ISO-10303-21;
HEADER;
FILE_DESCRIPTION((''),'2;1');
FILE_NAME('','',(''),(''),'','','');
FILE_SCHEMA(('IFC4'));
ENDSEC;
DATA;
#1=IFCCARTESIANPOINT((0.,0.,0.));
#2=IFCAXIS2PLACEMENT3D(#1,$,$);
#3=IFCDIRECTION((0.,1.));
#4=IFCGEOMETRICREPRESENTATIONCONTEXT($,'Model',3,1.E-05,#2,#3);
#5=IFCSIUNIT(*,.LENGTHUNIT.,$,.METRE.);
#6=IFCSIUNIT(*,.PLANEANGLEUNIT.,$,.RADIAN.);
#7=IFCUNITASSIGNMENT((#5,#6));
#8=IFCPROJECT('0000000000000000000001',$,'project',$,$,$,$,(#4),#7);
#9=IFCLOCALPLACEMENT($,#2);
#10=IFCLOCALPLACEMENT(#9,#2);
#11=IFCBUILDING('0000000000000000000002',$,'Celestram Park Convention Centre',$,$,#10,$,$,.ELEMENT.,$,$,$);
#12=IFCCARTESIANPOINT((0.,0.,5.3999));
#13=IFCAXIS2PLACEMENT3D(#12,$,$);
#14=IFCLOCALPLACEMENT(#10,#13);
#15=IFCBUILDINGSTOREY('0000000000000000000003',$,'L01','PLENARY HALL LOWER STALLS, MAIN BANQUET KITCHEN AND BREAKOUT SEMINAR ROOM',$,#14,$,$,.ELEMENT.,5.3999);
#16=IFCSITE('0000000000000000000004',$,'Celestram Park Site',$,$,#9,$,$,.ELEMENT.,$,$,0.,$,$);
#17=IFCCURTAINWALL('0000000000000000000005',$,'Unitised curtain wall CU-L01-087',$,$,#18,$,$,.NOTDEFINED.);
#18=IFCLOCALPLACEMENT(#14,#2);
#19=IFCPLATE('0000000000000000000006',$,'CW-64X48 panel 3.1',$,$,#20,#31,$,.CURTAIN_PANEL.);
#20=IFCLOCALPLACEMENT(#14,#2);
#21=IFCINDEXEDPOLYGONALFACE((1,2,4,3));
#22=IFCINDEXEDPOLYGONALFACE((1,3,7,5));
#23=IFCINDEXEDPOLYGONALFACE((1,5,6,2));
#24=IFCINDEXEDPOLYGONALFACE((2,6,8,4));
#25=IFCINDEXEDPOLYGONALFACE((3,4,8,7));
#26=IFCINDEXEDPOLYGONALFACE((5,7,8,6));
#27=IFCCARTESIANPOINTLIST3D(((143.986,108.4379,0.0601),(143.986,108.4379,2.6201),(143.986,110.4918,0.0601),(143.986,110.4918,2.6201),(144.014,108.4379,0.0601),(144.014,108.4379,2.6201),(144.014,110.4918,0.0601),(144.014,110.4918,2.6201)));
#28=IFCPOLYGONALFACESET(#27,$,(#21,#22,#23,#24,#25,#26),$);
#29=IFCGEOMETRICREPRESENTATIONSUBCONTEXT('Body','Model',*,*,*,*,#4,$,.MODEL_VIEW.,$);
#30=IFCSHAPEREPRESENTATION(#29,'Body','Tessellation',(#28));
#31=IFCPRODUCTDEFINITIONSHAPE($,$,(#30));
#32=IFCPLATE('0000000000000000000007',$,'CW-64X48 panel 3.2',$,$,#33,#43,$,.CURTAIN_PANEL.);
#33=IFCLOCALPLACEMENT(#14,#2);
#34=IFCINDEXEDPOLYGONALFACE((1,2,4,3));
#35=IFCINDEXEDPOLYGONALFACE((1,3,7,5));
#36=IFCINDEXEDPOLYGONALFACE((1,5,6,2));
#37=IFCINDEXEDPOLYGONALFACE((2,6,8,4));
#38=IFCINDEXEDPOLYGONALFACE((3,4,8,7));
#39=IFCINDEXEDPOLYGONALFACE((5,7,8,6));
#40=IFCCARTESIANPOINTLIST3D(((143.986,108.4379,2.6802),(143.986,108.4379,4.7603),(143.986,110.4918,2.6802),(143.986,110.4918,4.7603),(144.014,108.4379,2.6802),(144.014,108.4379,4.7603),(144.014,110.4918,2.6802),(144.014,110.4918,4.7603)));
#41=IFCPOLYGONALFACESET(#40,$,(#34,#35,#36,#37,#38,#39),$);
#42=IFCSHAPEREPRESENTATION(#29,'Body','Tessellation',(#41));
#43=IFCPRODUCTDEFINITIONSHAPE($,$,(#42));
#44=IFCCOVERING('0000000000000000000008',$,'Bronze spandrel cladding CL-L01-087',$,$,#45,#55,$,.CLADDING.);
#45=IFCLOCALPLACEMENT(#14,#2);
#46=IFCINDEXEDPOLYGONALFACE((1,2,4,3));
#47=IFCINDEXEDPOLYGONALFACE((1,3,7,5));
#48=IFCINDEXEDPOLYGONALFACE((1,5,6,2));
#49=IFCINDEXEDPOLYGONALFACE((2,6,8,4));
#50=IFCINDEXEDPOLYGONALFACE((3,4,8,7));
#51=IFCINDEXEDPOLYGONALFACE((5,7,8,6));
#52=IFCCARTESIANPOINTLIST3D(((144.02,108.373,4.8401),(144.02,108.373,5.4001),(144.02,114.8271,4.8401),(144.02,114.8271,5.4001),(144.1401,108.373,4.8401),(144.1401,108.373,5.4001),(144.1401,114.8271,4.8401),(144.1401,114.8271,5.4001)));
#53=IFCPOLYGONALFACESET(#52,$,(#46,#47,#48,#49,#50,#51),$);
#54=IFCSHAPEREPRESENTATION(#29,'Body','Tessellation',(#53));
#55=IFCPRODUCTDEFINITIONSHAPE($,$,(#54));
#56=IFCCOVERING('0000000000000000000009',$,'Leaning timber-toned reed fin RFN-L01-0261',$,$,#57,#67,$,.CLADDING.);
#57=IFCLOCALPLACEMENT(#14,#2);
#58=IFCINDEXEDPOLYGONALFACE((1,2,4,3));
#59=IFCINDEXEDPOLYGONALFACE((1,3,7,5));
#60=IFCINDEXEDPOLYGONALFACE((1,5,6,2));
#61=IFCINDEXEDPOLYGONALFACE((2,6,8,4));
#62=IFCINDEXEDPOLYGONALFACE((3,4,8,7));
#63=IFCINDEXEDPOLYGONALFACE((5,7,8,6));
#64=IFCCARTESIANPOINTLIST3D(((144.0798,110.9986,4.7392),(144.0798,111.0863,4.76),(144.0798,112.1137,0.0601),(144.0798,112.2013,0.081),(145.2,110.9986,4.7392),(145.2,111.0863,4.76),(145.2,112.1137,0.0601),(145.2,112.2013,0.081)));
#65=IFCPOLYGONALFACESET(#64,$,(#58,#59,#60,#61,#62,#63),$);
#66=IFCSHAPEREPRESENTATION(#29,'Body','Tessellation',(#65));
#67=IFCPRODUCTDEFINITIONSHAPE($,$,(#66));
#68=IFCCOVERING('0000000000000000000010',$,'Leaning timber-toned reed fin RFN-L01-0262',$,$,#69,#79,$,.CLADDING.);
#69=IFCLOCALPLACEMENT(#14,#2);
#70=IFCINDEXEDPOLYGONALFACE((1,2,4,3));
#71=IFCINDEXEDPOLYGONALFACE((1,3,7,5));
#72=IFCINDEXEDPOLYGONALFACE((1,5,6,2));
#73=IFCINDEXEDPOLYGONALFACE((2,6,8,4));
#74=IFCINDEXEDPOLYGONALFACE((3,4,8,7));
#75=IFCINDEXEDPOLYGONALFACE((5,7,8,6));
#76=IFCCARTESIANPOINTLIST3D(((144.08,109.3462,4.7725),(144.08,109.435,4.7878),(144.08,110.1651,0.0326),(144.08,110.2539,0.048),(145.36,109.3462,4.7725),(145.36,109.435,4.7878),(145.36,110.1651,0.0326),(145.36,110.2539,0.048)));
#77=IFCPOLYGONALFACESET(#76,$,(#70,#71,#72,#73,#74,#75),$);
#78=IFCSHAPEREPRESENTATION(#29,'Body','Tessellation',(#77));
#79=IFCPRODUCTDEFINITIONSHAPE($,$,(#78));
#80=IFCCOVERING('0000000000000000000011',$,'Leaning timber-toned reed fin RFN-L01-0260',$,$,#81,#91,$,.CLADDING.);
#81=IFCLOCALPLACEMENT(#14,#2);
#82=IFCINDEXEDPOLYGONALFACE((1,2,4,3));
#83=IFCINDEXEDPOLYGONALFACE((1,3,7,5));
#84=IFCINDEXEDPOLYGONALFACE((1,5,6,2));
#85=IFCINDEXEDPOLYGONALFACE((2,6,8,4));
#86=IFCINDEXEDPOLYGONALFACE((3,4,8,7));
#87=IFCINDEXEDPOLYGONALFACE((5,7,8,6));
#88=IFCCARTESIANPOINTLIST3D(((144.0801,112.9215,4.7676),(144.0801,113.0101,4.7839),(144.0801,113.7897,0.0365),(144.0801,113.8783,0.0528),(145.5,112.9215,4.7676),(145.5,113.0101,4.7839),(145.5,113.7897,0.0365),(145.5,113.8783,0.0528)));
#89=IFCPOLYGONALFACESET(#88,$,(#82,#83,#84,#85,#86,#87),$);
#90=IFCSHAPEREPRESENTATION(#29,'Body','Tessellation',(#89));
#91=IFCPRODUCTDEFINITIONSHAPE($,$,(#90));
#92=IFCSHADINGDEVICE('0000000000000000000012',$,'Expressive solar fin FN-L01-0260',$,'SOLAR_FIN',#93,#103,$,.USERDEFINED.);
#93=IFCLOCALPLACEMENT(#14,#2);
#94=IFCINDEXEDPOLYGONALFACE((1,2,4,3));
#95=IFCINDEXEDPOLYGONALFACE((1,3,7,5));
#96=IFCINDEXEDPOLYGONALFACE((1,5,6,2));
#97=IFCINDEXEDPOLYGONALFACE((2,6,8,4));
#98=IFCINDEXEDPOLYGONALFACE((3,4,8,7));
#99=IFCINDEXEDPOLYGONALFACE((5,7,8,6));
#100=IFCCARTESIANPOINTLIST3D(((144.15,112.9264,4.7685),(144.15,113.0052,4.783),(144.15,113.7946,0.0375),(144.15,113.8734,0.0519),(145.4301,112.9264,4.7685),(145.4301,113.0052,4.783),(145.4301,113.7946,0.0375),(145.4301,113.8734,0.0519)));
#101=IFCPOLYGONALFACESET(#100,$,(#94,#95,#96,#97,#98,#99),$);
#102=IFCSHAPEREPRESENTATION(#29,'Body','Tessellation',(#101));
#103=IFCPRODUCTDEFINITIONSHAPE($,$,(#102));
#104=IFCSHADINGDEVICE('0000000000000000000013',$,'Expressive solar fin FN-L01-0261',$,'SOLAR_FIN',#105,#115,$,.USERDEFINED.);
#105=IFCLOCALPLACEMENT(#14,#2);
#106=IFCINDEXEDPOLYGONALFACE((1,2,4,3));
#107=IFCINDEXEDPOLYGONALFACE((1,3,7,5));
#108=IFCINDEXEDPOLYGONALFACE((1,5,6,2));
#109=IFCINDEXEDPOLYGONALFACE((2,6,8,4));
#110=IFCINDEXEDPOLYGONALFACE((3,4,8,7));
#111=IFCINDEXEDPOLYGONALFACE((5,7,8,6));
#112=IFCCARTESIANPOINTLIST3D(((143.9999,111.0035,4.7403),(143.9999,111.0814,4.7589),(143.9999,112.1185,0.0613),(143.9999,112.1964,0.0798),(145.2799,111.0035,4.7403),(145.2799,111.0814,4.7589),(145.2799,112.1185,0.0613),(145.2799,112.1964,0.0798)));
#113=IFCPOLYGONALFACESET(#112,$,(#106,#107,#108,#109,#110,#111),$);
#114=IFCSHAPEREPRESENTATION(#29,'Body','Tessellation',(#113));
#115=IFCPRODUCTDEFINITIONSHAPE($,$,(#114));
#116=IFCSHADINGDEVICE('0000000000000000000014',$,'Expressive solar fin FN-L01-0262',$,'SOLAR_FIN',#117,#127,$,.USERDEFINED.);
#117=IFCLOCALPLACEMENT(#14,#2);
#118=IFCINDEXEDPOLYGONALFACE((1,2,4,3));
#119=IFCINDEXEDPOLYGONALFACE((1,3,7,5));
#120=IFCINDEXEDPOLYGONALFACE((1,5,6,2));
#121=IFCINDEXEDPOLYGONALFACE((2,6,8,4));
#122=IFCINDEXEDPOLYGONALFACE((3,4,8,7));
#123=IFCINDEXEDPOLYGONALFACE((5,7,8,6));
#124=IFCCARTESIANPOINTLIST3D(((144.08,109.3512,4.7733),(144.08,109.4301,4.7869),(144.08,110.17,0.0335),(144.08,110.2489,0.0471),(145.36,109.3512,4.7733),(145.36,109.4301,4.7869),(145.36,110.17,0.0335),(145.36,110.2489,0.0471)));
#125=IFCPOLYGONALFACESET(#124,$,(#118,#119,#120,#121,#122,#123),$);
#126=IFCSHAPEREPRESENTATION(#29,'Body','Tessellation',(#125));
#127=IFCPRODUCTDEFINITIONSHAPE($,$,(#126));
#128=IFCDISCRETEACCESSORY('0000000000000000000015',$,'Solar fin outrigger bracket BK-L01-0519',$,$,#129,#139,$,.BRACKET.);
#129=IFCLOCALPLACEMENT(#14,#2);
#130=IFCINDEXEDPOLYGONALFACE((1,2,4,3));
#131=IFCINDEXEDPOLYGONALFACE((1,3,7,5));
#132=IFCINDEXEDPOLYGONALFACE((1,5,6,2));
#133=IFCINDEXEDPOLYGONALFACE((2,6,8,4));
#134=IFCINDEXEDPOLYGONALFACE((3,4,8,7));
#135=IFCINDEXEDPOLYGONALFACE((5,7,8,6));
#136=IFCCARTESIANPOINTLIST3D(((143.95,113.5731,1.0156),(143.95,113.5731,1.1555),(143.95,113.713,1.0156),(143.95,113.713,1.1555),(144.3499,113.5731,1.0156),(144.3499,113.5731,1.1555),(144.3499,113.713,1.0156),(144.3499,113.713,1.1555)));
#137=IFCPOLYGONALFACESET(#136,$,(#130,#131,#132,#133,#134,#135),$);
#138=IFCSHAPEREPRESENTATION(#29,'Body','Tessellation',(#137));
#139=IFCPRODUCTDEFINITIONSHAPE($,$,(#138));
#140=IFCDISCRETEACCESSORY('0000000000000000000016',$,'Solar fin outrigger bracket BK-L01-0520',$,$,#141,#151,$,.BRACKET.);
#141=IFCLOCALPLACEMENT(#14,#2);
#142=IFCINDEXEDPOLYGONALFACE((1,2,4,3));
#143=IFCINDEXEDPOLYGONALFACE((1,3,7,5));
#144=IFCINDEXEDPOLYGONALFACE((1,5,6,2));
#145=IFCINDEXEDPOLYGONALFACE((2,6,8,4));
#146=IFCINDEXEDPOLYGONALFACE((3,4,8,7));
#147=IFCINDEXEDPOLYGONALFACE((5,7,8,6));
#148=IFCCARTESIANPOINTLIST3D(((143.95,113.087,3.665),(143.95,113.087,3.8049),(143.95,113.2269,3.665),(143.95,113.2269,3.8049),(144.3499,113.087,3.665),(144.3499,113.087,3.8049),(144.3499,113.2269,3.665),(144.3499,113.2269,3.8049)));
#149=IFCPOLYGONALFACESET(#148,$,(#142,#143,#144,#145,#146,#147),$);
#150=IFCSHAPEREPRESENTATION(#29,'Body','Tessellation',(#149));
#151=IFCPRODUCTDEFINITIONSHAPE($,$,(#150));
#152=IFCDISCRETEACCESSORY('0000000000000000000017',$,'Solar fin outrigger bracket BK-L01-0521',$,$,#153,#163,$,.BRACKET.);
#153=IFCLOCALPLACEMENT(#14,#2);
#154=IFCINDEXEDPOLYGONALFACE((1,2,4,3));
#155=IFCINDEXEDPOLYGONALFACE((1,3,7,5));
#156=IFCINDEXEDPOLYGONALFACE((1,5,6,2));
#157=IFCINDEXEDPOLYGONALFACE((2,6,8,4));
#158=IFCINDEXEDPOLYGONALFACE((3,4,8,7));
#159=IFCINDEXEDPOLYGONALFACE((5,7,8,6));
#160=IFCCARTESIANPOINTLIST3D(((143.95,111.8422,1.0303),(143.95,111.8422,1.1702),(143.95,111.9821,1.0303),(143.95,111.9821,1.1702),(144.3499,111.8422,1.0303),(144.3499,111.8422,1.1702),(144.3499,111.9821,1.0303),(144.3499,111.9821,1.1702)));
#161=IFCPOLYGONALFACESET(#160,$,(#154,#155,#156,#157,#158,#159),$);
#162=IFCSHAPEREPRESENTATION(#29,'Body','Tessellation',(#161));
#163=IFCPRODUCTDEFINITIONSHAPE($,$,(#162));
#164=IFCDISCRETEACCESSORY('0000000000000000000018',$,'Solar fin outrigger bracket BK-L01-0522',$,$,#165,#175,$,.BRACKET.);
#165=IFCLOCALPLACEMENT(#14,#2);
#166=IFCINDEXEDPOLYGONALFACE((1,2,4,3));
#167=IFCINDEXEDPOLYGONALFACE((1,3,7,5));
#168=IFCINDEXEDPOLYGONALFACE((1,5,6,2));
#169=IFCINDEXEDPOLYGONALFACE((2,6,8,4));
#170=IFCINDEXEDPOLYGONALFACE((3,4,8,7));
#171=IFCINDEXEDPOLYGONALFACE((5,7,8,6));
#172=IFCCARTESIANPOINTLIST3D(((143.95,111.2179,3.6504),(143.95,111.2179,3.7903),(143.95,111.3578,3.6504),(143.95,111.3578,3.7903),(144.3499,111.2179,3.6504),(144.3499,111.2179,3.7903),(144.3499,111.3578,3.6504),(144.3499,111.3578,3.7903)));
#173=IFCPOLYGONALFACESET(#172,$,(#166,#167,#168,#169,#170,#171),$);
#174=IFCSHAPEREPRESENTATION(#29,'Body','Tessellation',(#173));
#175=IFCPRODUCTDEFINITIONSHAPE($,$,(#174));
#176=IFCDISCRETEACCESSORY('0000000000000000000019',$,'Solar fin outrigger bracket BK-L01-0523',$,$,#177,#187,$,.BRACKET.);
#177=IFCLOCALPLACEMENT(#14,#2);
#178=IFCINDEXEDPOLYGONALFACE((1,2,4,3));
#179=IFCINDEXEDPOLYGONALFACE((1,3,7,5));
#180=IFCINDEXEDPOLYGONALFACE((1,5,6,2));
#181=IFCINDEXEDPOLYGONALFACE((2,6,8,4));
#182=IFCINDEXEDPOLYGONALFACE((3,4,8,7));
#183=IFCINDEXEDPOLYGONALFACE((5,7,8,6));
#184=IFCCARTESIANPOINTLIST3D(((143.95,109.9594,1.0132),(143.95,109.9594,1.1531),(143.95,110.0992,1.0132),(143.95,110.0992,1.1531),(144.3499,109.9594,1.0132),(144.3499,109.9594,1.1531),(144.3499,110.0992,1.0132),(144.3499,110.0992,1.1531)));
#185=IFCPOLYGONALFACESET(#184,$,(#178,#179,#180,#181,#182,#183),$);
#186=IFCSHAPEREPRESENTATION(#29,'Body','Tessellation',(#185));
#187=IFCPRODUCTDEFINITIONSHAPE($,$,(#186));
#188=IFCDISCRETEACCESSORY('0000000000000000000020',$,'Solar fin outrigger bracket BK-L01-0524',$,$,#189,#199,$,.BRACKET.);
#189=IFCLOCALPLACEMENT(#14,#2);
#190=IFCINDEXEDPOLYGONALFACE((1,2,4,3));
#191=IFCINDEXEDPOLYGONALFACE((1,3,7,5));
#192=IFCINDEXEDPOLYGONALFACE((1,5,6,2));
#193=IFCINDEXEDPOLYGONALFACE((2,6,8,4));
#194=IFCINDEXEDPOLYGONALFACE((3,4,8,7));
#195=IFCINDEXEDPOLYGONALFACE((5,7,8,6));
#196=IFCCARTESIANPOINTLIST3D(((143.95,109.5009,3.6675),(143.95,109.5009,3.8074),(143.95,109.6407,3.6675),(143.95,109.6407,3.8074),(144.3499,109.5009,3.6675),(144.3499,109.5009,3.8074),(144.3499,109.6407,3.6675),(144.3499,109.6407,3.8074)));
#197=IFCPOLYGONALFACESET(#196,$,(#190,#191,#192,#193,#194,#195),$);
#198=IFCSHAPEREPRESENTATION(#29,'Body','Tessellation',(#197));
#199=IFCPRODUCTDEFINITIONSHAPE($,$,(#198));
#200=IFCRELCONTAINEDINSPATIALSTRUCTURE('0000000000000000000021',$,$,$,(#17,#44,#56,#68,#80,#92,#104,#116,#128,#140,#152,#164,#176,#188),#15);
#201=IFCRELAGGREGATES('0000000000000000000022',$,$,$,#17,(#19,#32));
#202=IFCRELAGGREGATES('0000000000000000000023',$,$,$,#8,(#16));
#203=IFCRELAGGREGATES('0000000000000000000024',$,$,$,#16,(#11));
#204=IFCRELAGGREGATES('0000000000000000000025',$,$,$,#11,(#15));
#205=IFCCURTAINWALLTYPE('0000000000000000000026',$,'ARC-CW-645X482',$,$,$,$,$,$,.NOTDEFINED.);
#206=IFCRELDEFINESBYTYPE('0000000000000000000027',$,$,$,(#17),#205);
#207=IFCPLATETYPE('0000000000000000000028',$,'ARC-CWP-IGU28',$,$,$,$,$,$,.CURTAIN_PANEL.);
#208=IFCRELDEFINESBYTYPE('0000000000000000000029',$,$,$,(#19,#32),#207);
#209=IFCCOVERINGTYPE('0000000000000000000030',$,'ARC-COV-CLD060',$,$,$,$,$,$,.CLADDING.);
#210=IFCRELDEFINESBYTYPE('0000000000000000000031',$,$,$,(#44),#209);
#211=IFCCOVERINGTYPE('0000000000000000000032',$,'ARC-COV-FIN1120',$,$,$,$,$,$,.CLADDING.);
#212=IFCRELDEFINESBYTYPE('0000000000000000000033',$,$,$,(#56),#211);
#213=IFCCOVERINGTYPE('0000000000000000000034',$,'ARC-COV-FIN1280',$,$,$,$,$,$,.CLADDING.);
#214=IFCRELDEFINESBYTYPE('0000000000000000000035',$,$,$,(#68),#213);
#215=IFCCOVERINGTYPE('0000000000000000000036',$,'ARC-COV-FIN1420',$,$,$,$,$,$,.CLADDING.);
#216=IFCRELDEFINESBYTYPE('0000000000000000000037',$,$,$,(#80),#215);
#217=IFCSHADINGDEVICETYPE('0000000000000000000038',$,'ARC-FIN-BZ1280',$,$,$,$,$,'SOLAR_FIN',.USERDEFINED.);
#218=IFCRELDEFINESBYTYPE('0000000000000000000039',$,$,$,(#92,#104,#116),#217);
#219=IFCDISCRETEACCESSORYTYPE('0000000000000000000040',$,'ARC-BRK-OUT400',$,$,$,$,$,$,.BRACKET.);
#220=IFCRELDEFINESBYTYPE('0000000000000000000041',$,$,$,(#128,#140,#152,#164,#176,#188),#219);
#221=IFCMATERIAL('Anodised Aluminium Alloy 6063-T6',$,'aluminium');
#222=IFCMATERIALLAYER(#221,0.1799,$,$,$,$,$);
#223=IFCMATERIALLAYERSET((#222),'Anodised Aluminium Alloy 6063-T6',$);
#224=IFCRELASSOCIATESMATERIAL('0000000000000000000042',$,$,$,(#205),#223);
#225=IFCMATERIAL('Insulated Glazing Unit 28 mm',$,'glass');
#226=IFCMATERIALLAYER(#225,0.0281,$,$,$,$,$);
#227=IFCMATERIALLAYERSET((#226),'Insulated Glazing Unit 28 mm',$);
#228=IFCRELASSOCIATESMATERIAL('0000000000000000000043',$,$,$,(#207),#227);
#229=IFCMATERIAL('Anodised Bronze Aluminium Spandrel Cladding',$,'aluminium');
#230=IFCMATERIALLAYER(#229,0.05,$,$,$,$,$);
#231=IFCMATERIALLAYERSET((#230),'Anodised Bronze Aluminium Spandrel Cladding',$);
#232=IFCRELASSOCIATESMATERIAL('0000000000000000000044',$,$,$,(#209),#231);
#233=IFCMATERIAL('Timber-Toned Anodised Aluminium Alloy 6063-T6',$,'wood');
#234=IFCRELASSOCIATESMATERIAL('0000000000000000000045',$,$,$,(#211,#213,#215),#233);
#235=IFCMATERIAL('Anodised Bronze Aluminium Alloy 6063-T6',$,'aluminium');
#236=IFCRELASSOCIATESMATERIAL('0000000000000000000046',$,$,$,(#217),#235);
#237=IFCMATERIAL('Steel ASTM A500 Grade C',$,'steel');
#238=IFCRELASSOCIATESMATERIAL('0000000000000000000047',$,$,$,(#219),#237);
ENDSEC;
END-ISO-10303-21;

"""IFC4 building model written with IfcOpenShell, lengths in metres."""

from ifc_helpers import new_model, si_unit, direction, frame, origin, origin_2d, place, context, subcontext, project, spatial, rectangle, extrude, material, layer, layer_set, material_profile, profile_set, type_object, element, aggregate, save


model = new_model("IFC4")

# Units and contexts
model_context = context("Model", 3, precision=1e-05, world=origin(), true_north=direction((0.0, 1.0)))
body_context = subcontext(model_context, "Body", "Model", "MODEL_VIEW")
ifc_project = project(units=[si_unit("LENGTHUNIT", "METRE"), si_unit("PLANEANGLEUNIT", "RADIAN")], contexts=[model_context])

# Site, building, storey
site_placement = place(None, origin())
site = spatial("IfcSite", under=ifc_project, at=site_placement, Name="Celestram Park Site", CompositionType="ELEMENT", RefElevation=0.0)
building_placement = place(site_placement, origin())
building = spatial("IfcBuilding", under=site, at=building_placement, Name="Celestram Park Convention Centre", CompositionType="ELEMENT")
storey_placement = place(building_placement, frame((0.0, 0.0, 5.3999)))
storey = spatial("IfcBuildingStorey", under=building, at=storey_placement, Name="L01", Description="PLENARY HALL LOWER STALLS, MAIN BANQUET KITCHEN AND BREAKOUT SEMINAR ROOM", CompositionType="ELEMENT", Elevation=5.3999)

# Curtain wall
ifc_material_1 = material(Name="Anodised Aluminium Alloy 6063-T6", Category="aluminium")
ifc_layer_1 = layer(ifc_material_1, 0.1799)
ifc_layer_set_1 = layer_set([ifc_layer_1], Name="Anodised Aluminium Alloy 6063-T6")
curtain_wall_type = type_object("IfcCurtainWallType", Name="ARC-CW-645X482", PredefinedType="NOTDEFINED", material=ifc_layer_set_1)
curtain_wall_placement = place(storey_placement, origin())
curtain_wall = element("IfcCurtainWall", 1, at=curtain_wall_placement, inside=storey, type_object=curtain_wall_type, Name="Unitised curtain wall CU-L01-087", PredefinedType="NOTDEFINED")

# Shared definitions
ifc_material_2 = material(Name="Steel ASTM A500 Grade C", Category="steel")

# Plates
ifc_material_3 = material(Name="Insulated Glazing Unit 28 mm", Category="glass")
ifc_layer_2 = layer(ifc_material_3, 0.0281)
ifc_layer_set_2 = layer_set([ifc_layer_2], Name="Insulated Glazing Unit 28 mm")
plate_type = type_object("IfcPlateType", Name="ARC-CWP-IGU28", PredefinedType="CURTAIN_PANEL", material=ifc_layer_set_2)
plate_1_placement = place(storey_placement, frame((144.0, 109.4648, 0.0601), z_axis=(0.0, 0.0, 1.0), x_axis=(0.0, -1.0, 0.0)))
plate_1 = element("IfcPlate", 2, at=plate_1_placement, type_object=plate_type, Name="CW-64X48 panel 3.1", PredefinedType="CURTAIN_PANEL", context=body_context, shape_type="SweptSolid", body=[
    extrude(rectangle(XDim=2.054, YDim=0.0281, at=origin_2d()), origin(), (0.0, 0.0, 1.0), 2.5601),
])
plate_2_placement = place(storey_placement, frame((144.0, 109.4648, 2.6802), z_axis=(0.0, 0.0, 1.0), x_axis=(0.0, -1.0, 0.0)))
plate_2 = element("IfcPlate", 3, at=plate_2_placement, type_object=plate_type, Name="CW-64X48 panel 3.2", PredefinedType="CURTAIN_PANEL", context=body_context, shape_type="SweptSolid", body=[
    extrude(rectangle(XDim=2.054, YDim=0.0281, at=origin_2d()), origin(), (0.0, 0.0, 1.0), 2.0801),
])
aggregate(curtain_wall, [plate_1, plate_2])

# Coverings
ifc_material_4 = material(Name="Anodised Bronze Aluminium Spandrel Cladding", Category="aluminium")
ifc_layer_3 = layer(ifc_material_4, 0.05)
ifc_layer_set_3 = layer_set([ifc_layer_3], Name="Anodised Bronze Aluminium Spandrel Cladding")
covering_type_1 = type_object("IfcCoveringType", Name="ARC-COV-CLD060", PredefinedType="CLADDING", material=ifc_layer_set_3)
covering_1_placement = place(storey_placement, frame((144.0801, 111.6001, 4.8401), z_axis=(0.0, 0.0, 1.0), x_axis=(0.0, -1.0, 0.0)))
element("IfcCovering", 4, at=covering_1_placement, inside=storey, type_object=covering_type_1, Name="Bronze spandrel cladding CL-L01-087", PredefinedType="CLADDING", context=body_context, shape_type="SweptSolid", body=[
    extrude(rectangle(XDim=6.4541, YDim=0.1201, at=origin_2d()), origin(), (0.0, 0.0, 1.0), 0.5601),
])
ifc_material_5 = material(Name="Timber-Toned Anodised Aluminium Alloy 6063-T6", Category="wood")
ifc_material_profile_1 = material_profile(ifc_material_5, rectangle(XDim=1.1201, YDim=0.0901, at=origin_2d()), Name="REED1120X90")
ifc_profile_set_1 = profile_set([ifc_material_profile_1], Name="Timber-Toned Anodised Aluminium Alloy 6063-T6")
covering_type_2 = type_object("IfcCoveringType", Name="ARC-COV-FIN1120", PredefinedType="CLADDING", material=ifc_profile_set_1)
covering_2_placement = place(storey_placement, frame((144.6399, 112.1575, 0.0706), z_axis=(0.0, -0.231808, 0.972762), x_axis=(1.0, 0.0, 0.0)))
element("IfcCovering", 5, at=covering_2_placement, inside=storey, type_object=covering_type_2, Name="Leaning timber-toned reed fin RFN-L01-0261", PredefinedType="CLADDING", context=body_context, shape_type="SweptSolid", body=[
    extrude(rectangle(XDim=1.1201, YDim=0.0901, at=origin_2d()), origin(), (0.0, 0.0, 1.0), 4.8101),
])
ifc_material_profile_2 = material_profile(ifc_material_5, rectangle(XDim=1.28, YDim=0.0901, at=origin_2d()), Name="REED1280X90")
ifc_profile_set_2 = profile_set([ifc_material_profile_2], Name="Timber-Toned Anodised Aluminium Alloy 6063-T6")
covering_type_3 = type_object("IfcCoveringType", Name="ARC-COV-FIN1280", PredefinedType="CLADDING", material=ifc_profile_set_2)
covering_3_placement = place(storey_placement, frame((144.72, 110.2095, 0.0403), z_axis=(0.0, -0.17024, 0.985403), x_axis=(1.0, 0.0, 0.0)))
element("IfcCovering", 6, at=covering_3_placement, inside=storey, type_object=covering_type_3, Name="Leaning timber-toned reed fin RFN-L01-0262", PredefinedType="CLADDING", context=body_context, shape_type="SweptSolid", body=[
    extrude(rectangle(XDim=1.28, YDim=0.0901, at=origin_2d()), origin(), (0.0, 0.0, 1.0), 4.8101),
])
ifc_material_profile_3 = material_profile(ifc_material_5, rectangle(XDim=1.4199, YDim=0.0901, at=origin_2d()), Name="REED1420X90")
ifc_profile_set_3 = profile_set([ifc_material_profile_3], Name="Timber-Toned Anodised Aluminium Alloy 6063-T6")
covering_type_4 = type_object("IfcCoveringType", Name="ARC-COV-FIN1420", PredefinedType="CLADDING", material=ifc_profile_set_3)
covering_4_placement = place(storey_placement, frame((144.79, 113.834, 0.0447), z_axis=(0.0, -0.180493, 0.983576), x_axis=(1.0, 0.0, 0.0)))
element("IfcCovering", 7, at=covering_4_placement, inside=storey, type_object=covering_type_4, Name="Leaning timber-toned reed fin RFN-L01-0260", PredefinedType="CLADDING", context=body_context, shape_type="SweptSolid", body=[
    extrude(rectangle(XDim=1.4199, YDim=0.0901, at=origin_2d()), origin(), (0.0, 0.0, 1.0), 4.8101),
])

# Shading devices
ifc_material_6 = material(Name="Anodised Bronze Aluminium Alloy 6063-T6", Category="aluminium")
ifc_material_profile_4 = material_profile(ifc_material_6, rectangle(XDim=1.28, YDim=0.0801, at=origin_2d()), Name="FIN1280X80")
ifc_profile_set_4 = profile_set([ifc_material_profile_4], Name="Anodised Bronze Aluminium Alloy 6063-T6")
shading_device_type = type_object("IfcShadingDeviceType", Name="ARC-FIN-BZ1280", ElementType="SOLAR_FIN", PredefinedType="USERDEFINED", material=ifc_profile_set_4)
for number, where, z_axis, x_axis, name in (
    (8, (144.79, 113.834, 0.0447), (0.0, -0.180493, 0.983576), (1.0, 0.0, 0.0), "Expressive solar fin FN-L01-0260"),
    (9, (144.6399, 112.1575, 0.0706), (0.0, -0.231808, 0.972762), (1.0, 0.0, 0.0), "Expressive solar fin FN-L01-0261"),
    (10, (144.72, 110.2095, 0.0403), (0.0, -0.17024, 0.985403), (1.0, 0.0, 0.0), "Expressive solar fin FN-L01-0262"),
):
    element("IfcShadingDevice", number, at=place(storey_placement, frame(where, z_axis=z_axis, x_axis=x_axis)), inside=storey, type_object=shading_device_type, Name=name, ObjectType="SOLAR_FIN", PredefinedType="USERDEFINED", context=body_context, shape_type="SweptSolid", body=[
        extrude(rectangle(XDim=1.28, YDim=0.0801, at=origin_2d()), origin(), (0.0, 0.0, 1.0), 4.8101),
    ])

# Discrete accessories
discrete_accessory_type = type_object("IfcDiscreteAccessoryType", Name="ARC-BRK-OUT400", PredefinedType="BRACKET", material=ifc_material_2)
for number, where, z_axis, x_axis, name in (
    (11, (144.1499, 113.6431, 1.0156), (0.0, 0.0, 1.0), (1.0, 0.0, 0.0), "Solar fin outrigger bracket BK-L01-0519"),
    (12, (144.1499, 113.157, 3.665), (0.0, 0.0, 1.0), (1.0, 0.0, 0.0), "Solar fin outrigger bracket BK-L01-0520"),
    (13, (144.1499, 111.9121, 1.0303), (0.0, 0.0, 1.0), (1.0, 0.0, 0.0), "Solar fin outrigger bracket BK-L01-0521"),
    (14, (144.1499, 111.2878, 3.6504), (0.0, 0.0, 1.0), (1.0, 0.0, 0.0), "Solar fin outrigger bracket BK-L01-0522"),
    (15, (144.1499, 110.0293, 1.0132), (0.0, 0.0, 1.0), (1.0, 0.0, 0.0), "Solar fin outrigger bracket BK-L01-0523"),
    (16, (144.1499, 109.5708, 3.6675), (0.0, 0.0, 1.0), (1.0, 0.0, 0.0), "Solar fin outrigger bracket BK-L01-0524"),
):
    element("IfcDiscreteAccessory", number, at=place(storey_placement, frame(where, z_axis=z_axis, x_axis=x_axis)), inside=storey, type_object=discrete_accessory_type, Name=name, PredefinedType="BRACKET", context=body_context, shape_type="SweptSolid", body=[
        extrude(rectangle(XDim=0.3999, YDim=0.1399, at=origin_2d()), origin(), (0.0, 0.0, 1.0), 0.1399),
    ])

save(model, "model.ifc")
